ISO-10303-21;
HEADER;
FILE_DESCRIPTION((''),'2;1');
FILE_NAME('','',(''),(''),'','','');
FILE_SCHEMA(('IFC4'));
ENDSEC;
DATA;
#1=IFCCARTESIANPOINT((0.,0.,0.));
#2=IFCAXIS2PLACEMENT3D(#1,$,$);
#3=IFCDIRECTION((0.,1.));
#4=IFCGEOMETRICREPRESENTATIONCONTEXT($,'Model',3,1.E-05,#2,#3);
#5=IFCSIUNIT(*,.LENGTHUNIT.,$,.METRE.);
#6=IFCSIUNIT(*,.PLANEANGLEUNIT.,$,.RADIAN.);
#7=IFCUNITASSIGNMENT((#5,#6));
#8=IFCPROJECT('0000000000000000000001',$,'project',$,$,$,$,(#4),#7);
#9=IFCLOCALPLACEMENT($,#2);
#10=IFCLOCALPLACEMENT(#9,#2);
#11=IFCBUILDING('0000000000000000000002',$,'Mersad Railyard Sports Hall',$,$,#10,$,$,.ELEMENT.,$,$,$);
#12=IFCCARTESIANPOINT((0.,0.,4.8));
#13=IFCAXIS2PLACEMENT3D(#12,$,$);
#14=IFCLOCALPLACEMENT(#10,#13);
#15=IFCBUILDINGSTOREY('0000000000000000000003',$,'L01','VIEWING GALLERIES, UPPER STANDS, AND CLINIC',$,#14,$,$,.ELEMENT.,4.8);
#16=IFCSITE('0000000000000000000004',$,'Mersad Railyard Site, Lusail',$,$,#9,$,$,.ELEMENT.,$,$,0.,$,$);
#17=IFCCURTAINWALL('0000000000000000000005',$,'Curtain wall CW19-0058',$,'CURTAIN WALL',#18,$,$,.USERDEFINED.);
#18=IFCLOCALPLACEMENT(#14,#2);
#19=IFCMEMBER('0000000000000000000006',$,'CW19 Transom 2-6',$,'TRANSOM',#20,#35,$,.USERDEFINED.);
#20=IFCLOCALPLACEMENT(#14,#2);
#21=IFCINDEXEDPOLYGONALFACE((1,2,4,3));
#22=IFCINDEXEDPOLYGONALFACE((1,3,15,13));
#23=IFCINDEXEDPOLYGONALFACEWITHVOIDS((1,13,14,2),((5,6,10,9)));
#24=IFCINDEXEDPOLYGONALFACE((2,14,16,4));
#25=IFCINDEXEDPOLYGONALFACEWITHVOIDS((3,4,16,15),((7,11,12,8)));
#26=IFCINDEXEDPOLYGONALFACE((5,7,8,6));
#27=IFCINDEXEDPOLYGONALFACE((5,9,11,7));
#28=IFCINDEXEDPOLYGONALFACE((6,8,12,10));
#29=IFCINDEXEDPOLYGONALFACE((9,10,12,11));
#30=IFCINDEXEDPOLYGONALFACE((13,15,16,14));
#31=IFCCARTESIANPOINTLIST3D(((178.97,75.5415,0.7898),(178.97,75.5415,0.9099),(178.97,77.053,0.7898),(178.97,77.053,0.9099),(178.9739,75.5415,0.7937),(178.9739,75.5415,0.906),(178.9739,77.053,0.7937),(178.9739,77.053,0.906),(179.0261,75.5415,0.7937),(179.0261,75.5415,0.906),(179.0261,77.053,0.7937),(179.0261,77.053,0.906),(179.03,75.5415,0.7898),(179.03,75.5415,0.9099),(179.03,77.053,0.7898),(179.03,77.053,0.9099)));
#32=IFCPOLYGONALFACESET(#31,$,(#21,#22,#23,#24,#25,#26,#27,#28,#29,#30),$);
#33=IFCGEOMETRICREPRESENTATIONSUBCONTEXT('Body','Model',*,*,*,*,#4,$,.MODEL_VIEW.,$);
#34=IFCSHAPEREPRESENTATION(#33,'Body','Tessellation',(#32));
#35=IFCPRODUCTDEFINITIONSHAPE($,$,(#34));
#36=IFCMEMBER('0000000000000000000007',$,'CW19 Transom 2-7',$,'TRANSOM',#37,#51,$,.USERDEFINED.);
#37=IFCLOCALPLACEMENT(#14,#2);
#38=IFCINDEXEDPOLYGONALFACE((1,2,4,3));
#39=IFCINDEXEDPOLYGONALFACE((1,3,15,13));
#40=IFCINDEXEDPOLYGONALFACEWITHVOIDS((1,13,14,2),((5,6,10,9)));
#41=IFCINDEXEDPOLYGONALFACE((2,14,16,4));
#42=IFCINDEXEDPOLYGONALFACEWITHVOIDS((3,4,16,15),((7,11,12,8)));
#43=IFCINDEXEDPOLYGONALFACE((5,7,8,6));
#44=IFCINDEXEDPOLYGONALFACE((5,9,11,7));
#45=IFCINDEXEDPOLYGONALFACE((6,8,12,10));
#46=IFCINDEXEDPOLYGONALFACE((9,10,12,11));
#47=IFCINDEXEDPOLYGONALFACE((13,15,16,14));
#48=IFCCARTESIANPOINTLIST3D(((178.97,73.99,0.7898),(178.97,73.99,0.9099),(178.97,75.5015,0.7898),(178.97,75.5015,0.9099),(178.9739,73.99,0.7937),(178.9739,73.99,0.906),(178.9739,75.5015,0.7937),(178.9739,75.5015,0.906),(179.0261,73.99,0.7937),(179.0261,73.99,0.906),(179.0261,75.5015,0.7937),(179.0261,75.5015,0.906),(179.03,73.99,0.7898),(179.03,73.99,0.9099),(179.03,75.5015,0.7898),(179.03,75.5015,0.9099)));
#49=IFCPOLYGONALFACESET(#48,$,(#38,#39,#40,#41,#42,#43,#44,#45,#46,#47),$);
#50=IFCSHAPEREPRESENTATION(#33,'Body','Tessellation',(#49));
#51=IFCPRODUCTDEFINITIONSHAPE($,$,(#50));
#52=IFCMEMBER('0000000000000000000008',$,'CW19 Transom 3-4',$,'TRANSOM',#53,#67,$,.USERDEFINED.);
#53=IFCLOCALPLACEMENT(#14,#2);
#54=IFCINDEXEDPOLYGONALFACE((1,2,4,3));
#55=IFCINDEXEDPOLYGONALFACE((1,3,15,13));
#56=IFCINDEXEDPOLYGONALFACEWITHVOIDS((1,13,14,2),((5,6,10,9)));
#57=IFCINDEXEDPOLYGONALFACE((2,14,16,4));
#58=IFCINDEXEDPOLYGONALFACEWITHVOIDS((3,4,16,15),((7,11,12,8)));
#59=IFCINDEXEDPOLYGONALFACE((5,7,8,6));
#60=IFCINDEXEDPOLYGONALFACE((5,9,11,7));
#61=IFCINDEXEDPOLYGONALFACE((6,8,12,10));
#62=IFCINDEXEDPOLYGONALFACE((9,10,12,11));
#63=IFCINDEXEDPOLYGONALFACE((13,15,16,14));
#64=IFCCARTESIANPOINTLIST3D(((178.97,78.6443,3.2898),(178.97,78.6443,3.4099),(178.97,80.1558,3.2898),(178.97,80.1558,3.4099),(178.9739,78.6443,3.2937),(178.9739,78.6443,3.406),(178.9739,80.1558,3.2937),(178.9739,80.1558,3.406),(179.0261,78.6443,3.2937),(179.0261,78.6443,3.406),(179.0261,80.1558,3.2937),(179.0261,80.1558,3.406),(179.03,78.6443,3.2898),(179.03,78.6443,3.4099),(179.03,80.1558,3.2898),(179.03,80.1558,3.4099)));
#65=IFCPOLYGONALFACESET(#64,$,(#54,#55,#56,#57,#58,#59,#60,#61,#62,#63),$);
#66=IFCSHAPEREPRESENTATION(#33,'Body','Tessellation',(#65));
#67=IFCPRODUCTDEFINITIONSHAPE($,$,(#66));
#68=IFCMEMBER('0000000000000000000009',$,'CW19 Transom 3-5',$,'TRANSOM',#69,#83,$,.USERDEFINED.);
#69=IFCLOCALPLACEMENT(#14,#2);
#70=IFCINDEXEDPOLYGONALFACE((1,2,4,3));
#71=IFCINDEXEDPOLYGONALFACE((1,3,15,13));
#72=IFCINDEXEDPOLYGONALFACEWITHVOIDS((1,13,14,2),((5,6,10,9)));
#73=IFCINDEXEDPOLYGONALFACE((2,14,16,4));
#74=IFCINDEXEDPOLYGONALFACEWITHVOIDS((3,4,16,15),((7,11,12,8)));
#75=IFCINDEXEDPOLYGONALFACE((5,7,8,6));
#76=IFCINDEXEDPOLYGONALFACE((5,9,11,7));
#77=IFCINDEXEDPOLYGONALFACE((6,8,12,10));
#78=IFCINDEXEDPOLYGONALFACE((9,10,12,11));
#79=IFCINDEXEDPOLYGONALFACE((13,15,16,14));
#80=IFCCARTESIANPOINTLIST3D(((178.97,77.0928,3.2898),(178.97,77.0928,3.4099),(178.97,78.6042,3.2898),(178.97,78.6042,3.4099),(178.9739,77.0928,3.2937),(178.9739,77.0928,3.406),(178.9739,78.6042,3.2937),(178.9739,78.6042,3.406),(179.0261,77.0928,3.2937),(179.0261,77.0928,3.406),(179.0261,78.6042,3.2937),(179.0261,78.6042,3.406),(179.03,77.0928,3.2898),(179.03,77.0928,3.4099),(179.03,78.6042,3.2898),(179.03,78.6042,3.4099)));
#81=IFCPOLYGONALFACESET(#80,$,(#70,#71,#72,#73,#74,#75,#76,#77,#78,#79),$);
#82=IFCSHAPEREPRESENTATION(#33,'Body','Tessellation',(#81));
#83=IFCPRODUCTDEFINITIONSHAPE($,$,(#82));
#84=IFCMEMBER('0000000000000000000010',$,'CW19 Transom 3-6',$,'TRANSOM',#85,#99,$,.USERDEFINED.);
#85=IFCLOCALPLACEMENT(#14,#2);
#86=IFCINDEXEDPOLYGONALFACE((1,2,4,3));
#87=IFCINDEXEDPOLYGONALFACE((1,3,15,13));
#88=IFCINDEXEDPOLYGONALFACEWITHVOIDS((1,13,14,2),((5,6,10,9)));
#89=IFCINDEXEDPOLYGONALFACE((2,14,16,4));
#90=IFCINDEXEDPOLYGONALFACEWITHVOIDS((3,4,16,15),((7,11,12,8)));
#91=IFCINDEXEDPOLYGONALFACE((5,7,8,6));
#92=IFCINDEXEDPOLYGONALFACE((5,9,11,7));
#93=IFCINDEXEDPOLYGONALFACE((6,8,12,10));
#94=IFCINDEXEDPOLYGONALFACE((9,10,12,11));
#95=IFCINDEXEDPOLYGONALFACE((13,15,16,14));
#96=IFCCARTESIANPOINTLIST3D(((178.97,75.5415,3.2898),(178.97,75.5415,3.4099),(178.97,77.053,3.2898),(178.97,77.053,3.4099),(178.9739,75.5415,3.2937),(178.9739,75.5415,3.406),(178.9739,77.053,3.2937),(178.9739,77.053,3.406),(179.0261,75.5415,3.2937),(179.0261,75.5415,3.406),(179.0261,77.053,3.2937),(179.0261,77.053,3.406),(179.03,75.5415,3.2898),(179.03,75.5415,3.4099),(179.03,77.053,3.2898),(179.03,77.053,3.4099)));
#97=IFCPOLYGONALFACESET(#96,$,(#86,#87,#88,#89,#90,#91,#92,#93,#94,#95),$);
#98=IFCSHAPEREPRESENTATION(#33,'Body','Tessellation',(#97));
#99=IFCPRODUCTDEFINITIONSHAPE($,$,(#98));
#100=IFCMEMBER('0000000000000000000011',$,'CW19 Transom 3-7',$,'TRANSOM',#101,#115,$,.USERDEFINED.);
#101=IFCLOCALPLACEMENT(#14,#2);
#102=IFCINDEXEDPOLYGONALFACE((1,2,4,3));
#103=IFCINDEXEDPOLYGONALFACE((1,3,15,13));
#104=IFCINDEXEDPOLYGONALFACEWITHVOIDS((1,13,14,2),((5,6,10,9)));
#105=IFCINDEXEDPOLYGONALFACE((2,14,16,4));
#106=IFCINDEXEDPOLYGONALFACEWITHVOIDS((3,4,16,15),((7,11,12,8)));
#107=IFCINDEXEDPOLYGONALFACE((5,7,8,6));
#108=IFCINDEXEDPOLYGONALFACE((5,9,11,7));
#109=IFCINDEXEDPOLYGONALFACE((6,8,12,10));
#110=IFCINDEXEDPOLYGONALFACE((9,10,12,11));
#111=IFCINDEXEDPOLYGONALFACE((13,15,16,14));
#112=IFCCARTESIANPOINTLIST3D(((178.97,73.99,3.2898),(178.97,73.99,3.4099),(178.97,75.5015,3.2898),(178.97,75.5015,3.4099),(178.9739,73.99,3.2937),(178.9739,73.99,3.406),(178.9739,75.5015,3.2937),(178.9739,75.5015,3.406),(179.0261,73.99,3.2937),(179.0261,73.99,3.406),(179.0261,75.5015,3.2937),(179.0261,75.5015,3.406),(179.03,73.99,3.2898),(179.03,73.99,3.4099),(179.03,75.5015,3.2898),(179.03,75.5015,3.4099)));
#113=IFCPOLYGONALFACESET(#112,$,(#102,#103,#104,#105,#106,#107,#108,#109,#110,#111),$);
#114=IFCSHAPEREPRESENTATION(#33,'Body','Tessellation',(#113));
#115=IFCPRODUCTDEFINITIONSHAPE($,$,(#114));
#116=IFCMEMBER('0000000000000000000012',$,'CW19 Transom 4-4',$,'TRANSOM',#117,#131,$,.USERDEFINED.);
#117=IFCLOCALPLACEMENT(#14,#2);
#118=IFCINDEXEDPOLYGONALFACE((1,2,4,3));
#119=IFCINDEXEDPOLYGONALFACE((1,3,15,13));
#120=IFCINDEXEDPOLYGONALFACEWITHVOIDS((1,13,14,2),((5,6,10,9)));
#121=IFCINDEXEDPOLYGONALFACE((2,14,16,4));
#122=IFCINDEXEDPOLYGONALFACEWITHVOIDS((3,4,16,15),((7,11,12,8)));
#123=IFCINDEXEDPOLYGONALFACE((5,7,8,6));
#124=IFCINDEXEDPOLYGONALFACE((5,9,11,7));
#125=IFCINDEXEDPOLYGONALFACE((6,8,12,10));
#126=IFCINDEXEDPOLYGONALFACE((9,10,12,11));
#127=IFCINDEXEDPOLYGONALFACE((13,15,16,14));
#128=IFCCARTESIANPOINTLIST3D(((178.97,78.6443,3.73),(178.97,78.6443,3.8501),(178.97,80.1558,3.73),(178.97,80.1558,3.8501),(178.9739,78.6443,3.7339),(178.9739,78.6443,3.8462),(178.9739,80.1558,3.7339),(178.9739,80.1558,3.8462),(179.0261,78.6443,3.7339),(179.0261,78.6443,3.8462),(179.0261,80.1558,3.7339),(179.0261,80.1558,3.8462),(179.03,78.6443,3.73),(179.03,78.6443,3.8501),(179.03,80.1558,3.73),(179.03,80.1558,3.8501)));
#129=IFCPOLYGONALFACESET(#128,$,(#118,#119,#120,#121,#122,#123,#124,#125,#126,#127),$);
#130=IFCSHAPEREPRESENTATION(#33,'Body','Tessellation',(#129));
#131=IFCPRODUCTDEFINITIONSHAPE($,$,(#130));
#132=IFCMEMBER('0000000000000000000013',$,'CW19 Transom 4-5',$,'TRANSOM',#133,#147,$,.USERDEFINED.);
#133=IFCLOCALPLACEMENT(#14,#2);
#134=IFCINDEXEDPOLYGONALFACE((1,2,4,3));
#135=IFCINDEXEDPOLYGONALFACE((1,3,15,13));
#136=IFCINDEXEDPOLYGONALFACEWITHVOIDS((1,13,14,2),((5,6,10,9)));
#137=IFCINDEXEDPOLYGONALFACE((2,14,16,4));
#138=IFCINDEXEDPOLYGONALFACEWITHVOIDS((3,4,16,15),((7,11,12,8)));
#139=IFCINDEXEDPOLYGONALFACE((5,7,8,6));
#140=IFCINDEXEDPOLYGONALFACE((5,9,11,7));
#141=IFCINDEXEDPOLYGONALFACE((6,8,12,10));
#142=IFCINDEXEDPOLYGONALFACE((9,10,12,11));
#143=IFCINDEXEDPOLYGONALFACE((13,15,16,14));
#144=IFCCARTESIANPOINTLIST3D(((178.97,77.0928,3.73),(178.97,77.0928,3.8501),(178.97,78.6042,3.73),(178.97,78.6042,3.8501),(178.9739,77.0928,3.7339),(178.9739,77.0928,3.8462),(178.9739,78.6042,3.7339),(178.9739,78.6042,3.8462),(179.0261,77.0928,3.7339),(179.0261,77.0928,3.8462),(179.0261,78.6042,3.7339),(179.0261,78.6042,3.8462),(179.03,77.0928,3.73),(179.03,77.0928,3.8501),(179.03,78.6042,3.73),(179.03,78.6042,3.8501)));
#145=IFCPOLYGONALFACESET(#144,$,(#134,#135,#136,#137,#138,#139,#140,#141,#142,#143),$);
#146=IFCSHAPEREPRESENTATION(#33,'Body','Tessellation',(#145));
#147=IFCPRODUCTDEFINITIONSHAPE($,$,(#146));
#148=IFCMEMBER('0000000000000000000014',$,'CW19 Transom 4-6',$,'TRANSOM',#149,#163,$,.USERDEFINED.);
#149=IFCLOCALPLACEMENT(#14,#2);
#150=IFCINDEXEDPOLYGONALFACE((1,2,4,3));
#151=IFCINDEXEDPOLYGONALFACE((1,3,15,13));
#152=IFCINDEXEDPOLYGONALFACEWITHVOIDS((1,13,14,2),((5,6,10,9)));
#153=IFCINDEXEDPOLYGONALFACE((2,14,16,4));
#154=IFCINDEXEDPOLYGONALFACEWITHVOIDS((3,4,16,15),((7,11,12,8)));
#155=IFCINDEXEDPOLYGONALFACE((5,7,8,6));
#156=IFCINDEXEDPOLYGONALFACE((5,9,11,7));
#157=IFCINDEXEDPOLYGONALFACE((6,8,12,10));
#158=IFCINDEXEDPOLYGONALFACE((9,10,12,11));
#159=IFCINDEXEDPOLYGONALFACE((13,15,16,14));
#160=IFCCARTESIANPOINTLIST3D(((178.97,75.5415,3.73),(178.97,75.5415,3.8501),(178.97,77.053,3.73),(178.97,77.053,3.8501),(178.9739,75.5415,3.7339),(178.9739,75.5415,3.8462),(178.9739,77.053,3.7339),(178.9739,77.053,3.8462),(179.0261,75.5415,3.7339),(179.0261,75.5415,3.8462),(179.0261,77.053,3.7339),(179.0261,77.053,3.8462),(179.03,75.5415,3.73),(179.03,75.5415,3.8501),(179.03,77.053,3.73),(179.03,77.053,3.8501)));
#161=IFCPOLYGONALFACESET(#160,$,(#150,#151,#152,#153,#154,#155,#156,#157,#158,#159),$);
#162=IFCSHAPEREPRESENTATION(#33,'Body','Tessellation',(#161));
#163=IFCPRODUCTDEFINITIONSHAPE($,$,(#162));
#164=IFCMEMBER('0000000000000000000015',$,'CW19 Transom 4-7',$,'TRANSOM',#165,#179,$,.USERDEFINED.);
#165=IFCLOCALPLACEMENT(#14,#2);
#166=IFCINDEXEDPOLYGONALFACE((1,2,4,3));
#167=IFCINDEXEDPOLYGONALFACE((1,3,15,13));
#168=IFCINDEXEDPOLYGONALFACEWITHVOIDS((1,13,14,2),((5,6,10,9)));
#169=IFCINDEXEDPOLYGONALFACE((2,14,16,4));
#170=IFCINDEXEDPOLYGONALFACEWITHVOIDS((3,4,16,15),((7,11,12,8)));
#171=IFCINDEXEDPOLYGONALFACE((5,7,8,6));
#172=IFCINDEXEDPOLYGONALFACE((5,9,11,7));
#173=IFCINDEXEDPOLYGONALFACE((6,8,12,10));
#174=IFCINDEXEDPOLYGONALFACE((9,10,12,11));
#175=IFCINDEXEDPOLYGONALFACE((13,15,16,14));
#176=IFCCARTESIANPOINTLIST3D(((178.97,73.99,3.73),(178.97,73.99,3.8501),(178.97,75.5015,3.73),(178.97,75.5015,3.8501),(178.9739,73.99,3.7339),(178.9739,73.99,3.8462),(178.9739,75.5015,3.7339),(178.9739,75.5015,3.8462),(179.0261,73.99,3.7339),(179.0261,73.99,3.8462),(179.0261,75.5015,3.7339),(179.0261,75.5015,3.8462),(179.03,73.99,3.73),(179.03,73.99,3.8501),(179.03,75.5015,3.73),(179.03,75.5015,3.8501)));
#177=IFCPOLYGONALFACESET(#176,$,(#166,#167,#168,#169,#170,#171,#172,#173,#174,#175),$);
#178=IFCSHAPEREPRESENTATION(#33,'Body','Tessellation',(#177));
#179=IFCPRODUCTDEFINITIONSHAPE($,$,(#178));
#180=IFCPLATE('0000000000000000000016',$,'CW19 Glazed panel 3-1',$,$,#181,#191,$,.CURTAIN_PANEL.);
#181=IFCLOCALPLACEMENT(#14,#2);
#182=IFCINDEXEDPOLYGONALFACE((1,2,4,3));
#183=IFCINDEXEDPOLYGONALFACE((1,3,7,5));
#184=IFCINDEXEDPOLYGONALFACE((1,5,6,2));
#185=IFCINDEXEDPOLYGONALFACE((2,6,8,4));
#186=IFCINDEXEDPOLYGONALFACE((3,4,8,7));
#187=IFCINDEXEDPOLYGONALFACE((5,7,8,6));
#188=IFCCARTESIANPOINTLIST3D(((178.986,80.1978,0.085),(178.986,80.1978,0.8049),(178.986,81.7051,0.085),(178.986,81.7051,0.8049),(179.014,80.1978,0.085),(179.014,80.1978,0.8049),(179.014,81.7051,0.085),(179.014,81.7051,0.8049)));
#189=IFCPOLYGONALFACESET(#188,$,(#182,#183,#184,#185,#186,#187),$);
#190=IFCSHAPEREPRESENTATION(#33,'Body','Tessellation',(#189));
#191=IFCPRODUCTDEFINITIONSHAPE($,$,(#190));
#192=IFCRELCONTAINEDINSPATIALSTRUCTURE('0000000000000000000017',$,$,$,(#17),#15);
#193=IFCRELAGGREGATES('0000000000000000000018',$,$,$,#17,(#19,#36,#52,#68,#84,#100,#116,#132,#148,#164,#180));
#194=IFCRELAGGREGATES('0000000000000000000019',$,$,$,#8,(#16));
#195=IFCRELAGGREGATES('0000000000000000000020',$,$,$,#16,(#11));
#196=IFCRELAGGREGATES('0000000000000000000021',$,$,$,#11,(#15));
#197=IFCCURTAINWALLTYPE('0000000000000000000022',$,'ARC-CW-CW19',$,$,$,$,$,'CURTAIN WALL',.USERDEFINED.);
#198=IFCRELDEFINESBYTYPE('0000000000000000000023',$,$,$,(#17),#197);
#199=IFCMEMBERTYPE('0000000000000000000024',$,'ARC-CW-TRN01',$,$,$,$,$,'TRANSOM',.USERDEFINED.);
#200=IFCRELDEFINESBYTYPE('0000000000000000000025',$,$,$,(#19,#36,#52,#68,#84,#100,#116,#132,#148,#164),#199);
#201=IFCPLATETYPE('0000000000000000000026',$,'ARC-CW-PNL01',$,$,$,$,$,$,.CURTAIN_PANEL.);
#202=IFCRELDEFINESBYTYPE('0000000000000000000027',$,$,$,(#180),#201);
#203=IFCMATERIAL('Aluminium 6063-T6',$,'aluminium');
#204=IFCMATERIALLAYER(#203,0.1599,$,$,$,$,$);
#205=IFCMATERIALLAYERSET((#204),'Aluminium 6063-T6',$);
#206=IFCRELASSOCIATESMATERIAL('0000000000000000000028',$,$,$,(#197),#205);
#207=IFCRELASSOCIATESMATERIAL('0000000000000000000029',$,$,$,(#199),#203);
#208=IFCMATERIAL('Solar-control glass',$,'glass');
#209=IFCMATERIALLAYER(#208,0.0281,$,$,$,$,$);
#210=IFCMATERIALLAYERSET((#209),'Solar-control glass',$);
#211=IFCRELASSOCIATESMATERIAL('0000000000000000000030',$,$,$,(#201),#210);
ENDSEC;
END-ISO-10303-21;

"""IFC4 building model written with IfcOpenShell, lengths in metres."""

from ifc_helpers import new_model, si_unit, direction, frame, origin, origin_2d, place, context, subcontext, project, spatial, rectangle, hollow_rectangle, extrude, material, layer, layer_set, material_profile, profile_set, type_object, element, aggregate, save


model = new_model("IFC4")

# Units and contexts
model_context = context("Model", 3, precision=1e-05, world=origin(), true_north=direction((0.0, 1.0)))
body_context = subcontext(model_context, "Body", "Model", "MODEL_VIEW")
ifc_project = project(units=[si_unit("LENGTHUNIT", "METRE"), si_unit("PLANEANGLEUNIT", "RADIAN")], contexts=[model_context])

# Site, building, storey
site_placement = place(None, origin())
site = spatial("IfcSite", under=ifc_project, at=site_placement, Name="Mersad Railyard Site, Lusail", CompositionType="ELEMENT", RefElevation=0.0)
building_placement = place(site_placement, origin())
building = spatial("IfcBuilding", under=site, at=building_placement, Name="Mersad Railyard Sports Hall", CompositionType="ELEMENT")
storey_placement = place(building_placement, frame((0.0, 0.0, 4.8)))
storey = spatial("IfcBuildingStorey", under=building, at=storey_placement, Name="L01", Description="VIEWING GALLERIES, UPPER STANDS, AND CLINIC", CompositionType="ELEMENT", Elevation=4.8)

# Curtain wall, members, plate
ifc_material_1 = material(Name="Aluminium 6063-T6", Category="aluminium")
ifc_layer_1 = layer(ifc_material_1, 0.1599)
ifc_layer_set_1 = layer_set([ifc_layer_1], Name="Aluminium 6063-T6")
curtain_wall_type = type_object("IfcCurtainWallType", Name="ARC-CW-CW19", ElementType="CURTAIN WALL", PredefinedType="USERDEFINED", material=ifc_layer_set_1)
curtain_wall_placement = place(storey_placement, origin())
curtain_wall = element("IfcCurtainWall", 1, at=curtain_wall_placement, inside=storey, type_object=curtain_wall_type, Name="Curtain wall CW19-0058", ObjectType="CURTAIN WALL", PredefinedType="USERDEFINED")
ifc_material_profile_1 = material_profile(ifc_material_1, hollow_rectangle(XDim=0.0601, YDim=0.1201, WallThickness=0.0039, at=origin_2d()), Name="AL TRANSOM 60x120x4")
ifc_profile_set_1 = profile_set([ifc_material_profile_1], Name="Aluminium 6063-T6")
member_type_1 = type_object("IfcMemberType", Name="ARC-CW-TRN01", ElementType="TRANSOM", PredefinedType="USERDEFINED", material=ifc_profile_set_1)
member_1_placement = place(storey_placement, frame((179.0, 77.053, 0.8499), z_axis=(0.0, -1.0, 0.0), x_axis=(1.0, 0.0, 0.0)))
member_1 = element("IfcMember", 2, at=member_1_placement, type_object=member_type_1, Name="CW19 Transom 2-6", ObjectType="TRANSOM", PredefinedType="USERDEFINED", context=body_context, shape_type="SweptSolid", body=[
    extrude(hollow_rectangle(XDim=0.0601, YDim=0.1201, WallThickness=0.0039, at=origin_2d()), origin(), (0.0, 0.0, 1.0), 1.5115),
])
member_2_placement = place(storey_placement, frame((179.0, 75.5015, 0.8499), z_axis=(0.0, -1.0, 0.0), x_axis=(1.0, 0.0, 0.0)))
member_2 = element("IfcMember", 3, at=member_2_placement, type_object=member_type_1, Name="CW19 Transom 2-7", ObjectType="TRANSOM", PredefinedType="USERDEFINED", context=body_context, shape_type="SweptSolid", body=[
    extrude(hollow_rectangle(XDim=0.0601, YDim=0.1201, WallThickness=0.0039, at=origin_2d()), origin(), (0.0, 0.0, 1.0), 1.5115),
])
member_3_placement = place(storey_placement, frame((179.0, 80.1558, 3.3499), z_axis=(0.0, -1.0, 0.0), x_axis=(1.0, 0.0, 0.0)))
member_3 = element("IfcMember", 4, at=member_3_placement, type_object=member_type_1, Name="CW19 Transom 3-4", ObjectType="TRANSOM", PredefinedType="USERDEFINED", context=body_context, shape_type="SweptSolid", body=[
    extrude(hollow_rectangle(XDim=0.0601, YDim=0.1201, WallThickness=0.0039, at=origin_2d()), origin(), (0.0, 0.0, 1.0), 1.5115),
])
member_4_placement = place(storey_placement, frame((179.0, 78.6042, 3.3499), z_axis=(0.0, -1.0, 0.0), x_axis=(1.0, 0.0, 0.0)))
member_4 = element("IfcMember", 5, at=member_4_placement, type_object=member_type_1, Name="CW19 Transom 3-5", ObjectType="TRANSOM", PredefinedType="USERDEFINED", context=body_context, shape_type="SweptSolid", body=[
    extrude(hollow_rectangle(XDim=0.0601, YDim=0.1201, WallThickness=0.0039, at=origin_2d()), origin(), (0.0, 0.0, 1.0), 1.5115),
])
member_5_placement = place(storey_placement, frame((179.0, 77.053, 3.3499), z_axis=(0.0, -1.0, 0.0), x_axis=(1.0, 0.0, 0.0)))
member_5 = element("IfcMember", 6, at=member_5_placement, type_object=member_type_1, Name="CW19 Transom 3-6", ObjectType="TRANSOM", PredefinedType="USERDEFINED", context=body_context, shape_type="SweptSolid", body=[
    extrude(hollow_rectangle(XDim=0.0601, YDim=0.1201, WallThickness=0.0039, at=origin_2d()), origin(), (0.0, 0.0, 1.0), 1.5115),
])
member_6_placement = place(storey_placement, frame((179.0, 75.5015, 3.3499), z_axis=(0.0, -1.0, 0.0), x_axis=(1.0, 0.0, 0.0)))
member_6 = element("IfcMember", 7, at=member_6_placement, type_object=member_type_1, Name="CW19 Transom 3-7", ObjectType="TRANSOM", PredefinedType="USERDEFINED", context=body_context, shape_type="SweptSolid", body=[
    extrude(hollow_rectangle(XDim=0.0601, YDim=0.1201, WallThickness=0.0039, at=origin_2d()), origin(), (0.0, 0.0, 1.0), 1.5115),
])
member_7_placement = place(storey_placement, frame((179.0, 80.1558, 3.79), z_axis=(0.0, -1.0, 0.0), x_axis=(1.0, 0.0, 0.0)))
member_7 = element("IfcMember", 8, at=member_7_placement, type_object=member_type_1, Name="CW19 Transom 4-4", ObjectType="TRANSOM", PredefinedType="USERDEFINED", context=body_context, shape_type="SweptSolid", body=[
    extrude(hollow_rectangle(XDim=0.0601, YDim=0.1201, WallThickness=0.0039, at=origin_2d()), origin(), (0.0, 0.0, 1.0), 1.5115),
])
member_8_placement = place(storey_placement, frame((179.0, 78.6042, 3.79), z_axis=(0.0, -1.0, 0.0), x_axis=(1.0, 0.0, 0.0)))
member_8 = element("IfcMember", 9, at=member_8_placement, type_object=member_type_1, Name="CW19 Transom 4-5", ObjectType="TRANSOM", PredefinedType="USERDEFINED", context=body_context, shape_type="SweptSolid", body=[
    extrude(hollow_rectangle(XDim=0.0601, YDim=0.1201, WallThickness=0.0039, at=origin_2d()), origin(), (0.0, 0.0, 1.0), 1.5115),
])
member_9_placement = place(storey_placement, frame((179.0, 77.053, 3.79), z_axis=(0.0, -1.0, 0.0), x_axis=(1.0, 0.0, 0.0)))
member_9 = element("IfcMember", 10, at=member_9_placement, type_object=member_type_1, Name="CW19 Transom 4-6", ObjectType="TRANSOM", PredefinedType="USERDEFINED", context=body_context, shape_type="SweptSolid", body=[
    extrude(hollow_rectangle(XDim=0.0601, YDim=0.1201, WallThickness=0.0039, at=origin_2d()), origin(), (0.0, 0.0, 1.0), 1.5115),
])
member_10_placement = place(storey_placement, frame((179.0, 75.5015, 3.79), z_axis=(0.0, -1.0, 0.0), x_axis=(1.0, 0.0, 0.0)))
member_10 = element("IfcMember", 11, at=member_10_placement, type_object=member_type_1, Name="CW19 Transom 4-7", ObjectType="TRANSOM", PredefinedType="USERDEFINED", context=body_context, shape_type="SweptSolid", body=[
    extrude(hollow_rectangle(XDim=0.0601, YDim=0.1201, WallThickness=0.0039, at=origin_2d()), origin(), (0.0, 0.0, 1.0), 1.5115),
])
ifc_material_2 = material(Name="Solar-control glass", Category="glass")
ifc_layer_2 = layer(ifc_material_2, 0.0281)
ifc_layer_set_2 = layer_set([ifc_layer_2], Name="Solar-control glass")
plate_type = type_object("IfcPlateType", Name="ARC-CW-PNL01", PredefinedType="CURTAIN_PANEL", material=ifc_layer_set_2)
plate_1_placement = place(storey_placement, frame((179.0, 80.9514, 0.085), z_axis=(0.0, 0.0, 1.0), x_axis=(0.0, -1.0, 0.0)))
plate_1 = element("IfcPlate", 12, at=plate_1_placement, type_object=plate_type, Name="CW19 Glazed panel 3-1", PredefinedType="CURTAIN_PANEL", context=body_context, shape_type="SweptSolid", body=[
    extrude(rectangle(XDim=1.5073, YDim=0.0281, at=origin_2d()), origin(), (0.0, 0.0, 1.0), 0.72),
])
aggregate(curtain_wall, [member_1, member_2, member_3, member_4, member_5, member_6, member_7, member_8, member_9, member_10, plate_1])

save(model, "model.ifc")
